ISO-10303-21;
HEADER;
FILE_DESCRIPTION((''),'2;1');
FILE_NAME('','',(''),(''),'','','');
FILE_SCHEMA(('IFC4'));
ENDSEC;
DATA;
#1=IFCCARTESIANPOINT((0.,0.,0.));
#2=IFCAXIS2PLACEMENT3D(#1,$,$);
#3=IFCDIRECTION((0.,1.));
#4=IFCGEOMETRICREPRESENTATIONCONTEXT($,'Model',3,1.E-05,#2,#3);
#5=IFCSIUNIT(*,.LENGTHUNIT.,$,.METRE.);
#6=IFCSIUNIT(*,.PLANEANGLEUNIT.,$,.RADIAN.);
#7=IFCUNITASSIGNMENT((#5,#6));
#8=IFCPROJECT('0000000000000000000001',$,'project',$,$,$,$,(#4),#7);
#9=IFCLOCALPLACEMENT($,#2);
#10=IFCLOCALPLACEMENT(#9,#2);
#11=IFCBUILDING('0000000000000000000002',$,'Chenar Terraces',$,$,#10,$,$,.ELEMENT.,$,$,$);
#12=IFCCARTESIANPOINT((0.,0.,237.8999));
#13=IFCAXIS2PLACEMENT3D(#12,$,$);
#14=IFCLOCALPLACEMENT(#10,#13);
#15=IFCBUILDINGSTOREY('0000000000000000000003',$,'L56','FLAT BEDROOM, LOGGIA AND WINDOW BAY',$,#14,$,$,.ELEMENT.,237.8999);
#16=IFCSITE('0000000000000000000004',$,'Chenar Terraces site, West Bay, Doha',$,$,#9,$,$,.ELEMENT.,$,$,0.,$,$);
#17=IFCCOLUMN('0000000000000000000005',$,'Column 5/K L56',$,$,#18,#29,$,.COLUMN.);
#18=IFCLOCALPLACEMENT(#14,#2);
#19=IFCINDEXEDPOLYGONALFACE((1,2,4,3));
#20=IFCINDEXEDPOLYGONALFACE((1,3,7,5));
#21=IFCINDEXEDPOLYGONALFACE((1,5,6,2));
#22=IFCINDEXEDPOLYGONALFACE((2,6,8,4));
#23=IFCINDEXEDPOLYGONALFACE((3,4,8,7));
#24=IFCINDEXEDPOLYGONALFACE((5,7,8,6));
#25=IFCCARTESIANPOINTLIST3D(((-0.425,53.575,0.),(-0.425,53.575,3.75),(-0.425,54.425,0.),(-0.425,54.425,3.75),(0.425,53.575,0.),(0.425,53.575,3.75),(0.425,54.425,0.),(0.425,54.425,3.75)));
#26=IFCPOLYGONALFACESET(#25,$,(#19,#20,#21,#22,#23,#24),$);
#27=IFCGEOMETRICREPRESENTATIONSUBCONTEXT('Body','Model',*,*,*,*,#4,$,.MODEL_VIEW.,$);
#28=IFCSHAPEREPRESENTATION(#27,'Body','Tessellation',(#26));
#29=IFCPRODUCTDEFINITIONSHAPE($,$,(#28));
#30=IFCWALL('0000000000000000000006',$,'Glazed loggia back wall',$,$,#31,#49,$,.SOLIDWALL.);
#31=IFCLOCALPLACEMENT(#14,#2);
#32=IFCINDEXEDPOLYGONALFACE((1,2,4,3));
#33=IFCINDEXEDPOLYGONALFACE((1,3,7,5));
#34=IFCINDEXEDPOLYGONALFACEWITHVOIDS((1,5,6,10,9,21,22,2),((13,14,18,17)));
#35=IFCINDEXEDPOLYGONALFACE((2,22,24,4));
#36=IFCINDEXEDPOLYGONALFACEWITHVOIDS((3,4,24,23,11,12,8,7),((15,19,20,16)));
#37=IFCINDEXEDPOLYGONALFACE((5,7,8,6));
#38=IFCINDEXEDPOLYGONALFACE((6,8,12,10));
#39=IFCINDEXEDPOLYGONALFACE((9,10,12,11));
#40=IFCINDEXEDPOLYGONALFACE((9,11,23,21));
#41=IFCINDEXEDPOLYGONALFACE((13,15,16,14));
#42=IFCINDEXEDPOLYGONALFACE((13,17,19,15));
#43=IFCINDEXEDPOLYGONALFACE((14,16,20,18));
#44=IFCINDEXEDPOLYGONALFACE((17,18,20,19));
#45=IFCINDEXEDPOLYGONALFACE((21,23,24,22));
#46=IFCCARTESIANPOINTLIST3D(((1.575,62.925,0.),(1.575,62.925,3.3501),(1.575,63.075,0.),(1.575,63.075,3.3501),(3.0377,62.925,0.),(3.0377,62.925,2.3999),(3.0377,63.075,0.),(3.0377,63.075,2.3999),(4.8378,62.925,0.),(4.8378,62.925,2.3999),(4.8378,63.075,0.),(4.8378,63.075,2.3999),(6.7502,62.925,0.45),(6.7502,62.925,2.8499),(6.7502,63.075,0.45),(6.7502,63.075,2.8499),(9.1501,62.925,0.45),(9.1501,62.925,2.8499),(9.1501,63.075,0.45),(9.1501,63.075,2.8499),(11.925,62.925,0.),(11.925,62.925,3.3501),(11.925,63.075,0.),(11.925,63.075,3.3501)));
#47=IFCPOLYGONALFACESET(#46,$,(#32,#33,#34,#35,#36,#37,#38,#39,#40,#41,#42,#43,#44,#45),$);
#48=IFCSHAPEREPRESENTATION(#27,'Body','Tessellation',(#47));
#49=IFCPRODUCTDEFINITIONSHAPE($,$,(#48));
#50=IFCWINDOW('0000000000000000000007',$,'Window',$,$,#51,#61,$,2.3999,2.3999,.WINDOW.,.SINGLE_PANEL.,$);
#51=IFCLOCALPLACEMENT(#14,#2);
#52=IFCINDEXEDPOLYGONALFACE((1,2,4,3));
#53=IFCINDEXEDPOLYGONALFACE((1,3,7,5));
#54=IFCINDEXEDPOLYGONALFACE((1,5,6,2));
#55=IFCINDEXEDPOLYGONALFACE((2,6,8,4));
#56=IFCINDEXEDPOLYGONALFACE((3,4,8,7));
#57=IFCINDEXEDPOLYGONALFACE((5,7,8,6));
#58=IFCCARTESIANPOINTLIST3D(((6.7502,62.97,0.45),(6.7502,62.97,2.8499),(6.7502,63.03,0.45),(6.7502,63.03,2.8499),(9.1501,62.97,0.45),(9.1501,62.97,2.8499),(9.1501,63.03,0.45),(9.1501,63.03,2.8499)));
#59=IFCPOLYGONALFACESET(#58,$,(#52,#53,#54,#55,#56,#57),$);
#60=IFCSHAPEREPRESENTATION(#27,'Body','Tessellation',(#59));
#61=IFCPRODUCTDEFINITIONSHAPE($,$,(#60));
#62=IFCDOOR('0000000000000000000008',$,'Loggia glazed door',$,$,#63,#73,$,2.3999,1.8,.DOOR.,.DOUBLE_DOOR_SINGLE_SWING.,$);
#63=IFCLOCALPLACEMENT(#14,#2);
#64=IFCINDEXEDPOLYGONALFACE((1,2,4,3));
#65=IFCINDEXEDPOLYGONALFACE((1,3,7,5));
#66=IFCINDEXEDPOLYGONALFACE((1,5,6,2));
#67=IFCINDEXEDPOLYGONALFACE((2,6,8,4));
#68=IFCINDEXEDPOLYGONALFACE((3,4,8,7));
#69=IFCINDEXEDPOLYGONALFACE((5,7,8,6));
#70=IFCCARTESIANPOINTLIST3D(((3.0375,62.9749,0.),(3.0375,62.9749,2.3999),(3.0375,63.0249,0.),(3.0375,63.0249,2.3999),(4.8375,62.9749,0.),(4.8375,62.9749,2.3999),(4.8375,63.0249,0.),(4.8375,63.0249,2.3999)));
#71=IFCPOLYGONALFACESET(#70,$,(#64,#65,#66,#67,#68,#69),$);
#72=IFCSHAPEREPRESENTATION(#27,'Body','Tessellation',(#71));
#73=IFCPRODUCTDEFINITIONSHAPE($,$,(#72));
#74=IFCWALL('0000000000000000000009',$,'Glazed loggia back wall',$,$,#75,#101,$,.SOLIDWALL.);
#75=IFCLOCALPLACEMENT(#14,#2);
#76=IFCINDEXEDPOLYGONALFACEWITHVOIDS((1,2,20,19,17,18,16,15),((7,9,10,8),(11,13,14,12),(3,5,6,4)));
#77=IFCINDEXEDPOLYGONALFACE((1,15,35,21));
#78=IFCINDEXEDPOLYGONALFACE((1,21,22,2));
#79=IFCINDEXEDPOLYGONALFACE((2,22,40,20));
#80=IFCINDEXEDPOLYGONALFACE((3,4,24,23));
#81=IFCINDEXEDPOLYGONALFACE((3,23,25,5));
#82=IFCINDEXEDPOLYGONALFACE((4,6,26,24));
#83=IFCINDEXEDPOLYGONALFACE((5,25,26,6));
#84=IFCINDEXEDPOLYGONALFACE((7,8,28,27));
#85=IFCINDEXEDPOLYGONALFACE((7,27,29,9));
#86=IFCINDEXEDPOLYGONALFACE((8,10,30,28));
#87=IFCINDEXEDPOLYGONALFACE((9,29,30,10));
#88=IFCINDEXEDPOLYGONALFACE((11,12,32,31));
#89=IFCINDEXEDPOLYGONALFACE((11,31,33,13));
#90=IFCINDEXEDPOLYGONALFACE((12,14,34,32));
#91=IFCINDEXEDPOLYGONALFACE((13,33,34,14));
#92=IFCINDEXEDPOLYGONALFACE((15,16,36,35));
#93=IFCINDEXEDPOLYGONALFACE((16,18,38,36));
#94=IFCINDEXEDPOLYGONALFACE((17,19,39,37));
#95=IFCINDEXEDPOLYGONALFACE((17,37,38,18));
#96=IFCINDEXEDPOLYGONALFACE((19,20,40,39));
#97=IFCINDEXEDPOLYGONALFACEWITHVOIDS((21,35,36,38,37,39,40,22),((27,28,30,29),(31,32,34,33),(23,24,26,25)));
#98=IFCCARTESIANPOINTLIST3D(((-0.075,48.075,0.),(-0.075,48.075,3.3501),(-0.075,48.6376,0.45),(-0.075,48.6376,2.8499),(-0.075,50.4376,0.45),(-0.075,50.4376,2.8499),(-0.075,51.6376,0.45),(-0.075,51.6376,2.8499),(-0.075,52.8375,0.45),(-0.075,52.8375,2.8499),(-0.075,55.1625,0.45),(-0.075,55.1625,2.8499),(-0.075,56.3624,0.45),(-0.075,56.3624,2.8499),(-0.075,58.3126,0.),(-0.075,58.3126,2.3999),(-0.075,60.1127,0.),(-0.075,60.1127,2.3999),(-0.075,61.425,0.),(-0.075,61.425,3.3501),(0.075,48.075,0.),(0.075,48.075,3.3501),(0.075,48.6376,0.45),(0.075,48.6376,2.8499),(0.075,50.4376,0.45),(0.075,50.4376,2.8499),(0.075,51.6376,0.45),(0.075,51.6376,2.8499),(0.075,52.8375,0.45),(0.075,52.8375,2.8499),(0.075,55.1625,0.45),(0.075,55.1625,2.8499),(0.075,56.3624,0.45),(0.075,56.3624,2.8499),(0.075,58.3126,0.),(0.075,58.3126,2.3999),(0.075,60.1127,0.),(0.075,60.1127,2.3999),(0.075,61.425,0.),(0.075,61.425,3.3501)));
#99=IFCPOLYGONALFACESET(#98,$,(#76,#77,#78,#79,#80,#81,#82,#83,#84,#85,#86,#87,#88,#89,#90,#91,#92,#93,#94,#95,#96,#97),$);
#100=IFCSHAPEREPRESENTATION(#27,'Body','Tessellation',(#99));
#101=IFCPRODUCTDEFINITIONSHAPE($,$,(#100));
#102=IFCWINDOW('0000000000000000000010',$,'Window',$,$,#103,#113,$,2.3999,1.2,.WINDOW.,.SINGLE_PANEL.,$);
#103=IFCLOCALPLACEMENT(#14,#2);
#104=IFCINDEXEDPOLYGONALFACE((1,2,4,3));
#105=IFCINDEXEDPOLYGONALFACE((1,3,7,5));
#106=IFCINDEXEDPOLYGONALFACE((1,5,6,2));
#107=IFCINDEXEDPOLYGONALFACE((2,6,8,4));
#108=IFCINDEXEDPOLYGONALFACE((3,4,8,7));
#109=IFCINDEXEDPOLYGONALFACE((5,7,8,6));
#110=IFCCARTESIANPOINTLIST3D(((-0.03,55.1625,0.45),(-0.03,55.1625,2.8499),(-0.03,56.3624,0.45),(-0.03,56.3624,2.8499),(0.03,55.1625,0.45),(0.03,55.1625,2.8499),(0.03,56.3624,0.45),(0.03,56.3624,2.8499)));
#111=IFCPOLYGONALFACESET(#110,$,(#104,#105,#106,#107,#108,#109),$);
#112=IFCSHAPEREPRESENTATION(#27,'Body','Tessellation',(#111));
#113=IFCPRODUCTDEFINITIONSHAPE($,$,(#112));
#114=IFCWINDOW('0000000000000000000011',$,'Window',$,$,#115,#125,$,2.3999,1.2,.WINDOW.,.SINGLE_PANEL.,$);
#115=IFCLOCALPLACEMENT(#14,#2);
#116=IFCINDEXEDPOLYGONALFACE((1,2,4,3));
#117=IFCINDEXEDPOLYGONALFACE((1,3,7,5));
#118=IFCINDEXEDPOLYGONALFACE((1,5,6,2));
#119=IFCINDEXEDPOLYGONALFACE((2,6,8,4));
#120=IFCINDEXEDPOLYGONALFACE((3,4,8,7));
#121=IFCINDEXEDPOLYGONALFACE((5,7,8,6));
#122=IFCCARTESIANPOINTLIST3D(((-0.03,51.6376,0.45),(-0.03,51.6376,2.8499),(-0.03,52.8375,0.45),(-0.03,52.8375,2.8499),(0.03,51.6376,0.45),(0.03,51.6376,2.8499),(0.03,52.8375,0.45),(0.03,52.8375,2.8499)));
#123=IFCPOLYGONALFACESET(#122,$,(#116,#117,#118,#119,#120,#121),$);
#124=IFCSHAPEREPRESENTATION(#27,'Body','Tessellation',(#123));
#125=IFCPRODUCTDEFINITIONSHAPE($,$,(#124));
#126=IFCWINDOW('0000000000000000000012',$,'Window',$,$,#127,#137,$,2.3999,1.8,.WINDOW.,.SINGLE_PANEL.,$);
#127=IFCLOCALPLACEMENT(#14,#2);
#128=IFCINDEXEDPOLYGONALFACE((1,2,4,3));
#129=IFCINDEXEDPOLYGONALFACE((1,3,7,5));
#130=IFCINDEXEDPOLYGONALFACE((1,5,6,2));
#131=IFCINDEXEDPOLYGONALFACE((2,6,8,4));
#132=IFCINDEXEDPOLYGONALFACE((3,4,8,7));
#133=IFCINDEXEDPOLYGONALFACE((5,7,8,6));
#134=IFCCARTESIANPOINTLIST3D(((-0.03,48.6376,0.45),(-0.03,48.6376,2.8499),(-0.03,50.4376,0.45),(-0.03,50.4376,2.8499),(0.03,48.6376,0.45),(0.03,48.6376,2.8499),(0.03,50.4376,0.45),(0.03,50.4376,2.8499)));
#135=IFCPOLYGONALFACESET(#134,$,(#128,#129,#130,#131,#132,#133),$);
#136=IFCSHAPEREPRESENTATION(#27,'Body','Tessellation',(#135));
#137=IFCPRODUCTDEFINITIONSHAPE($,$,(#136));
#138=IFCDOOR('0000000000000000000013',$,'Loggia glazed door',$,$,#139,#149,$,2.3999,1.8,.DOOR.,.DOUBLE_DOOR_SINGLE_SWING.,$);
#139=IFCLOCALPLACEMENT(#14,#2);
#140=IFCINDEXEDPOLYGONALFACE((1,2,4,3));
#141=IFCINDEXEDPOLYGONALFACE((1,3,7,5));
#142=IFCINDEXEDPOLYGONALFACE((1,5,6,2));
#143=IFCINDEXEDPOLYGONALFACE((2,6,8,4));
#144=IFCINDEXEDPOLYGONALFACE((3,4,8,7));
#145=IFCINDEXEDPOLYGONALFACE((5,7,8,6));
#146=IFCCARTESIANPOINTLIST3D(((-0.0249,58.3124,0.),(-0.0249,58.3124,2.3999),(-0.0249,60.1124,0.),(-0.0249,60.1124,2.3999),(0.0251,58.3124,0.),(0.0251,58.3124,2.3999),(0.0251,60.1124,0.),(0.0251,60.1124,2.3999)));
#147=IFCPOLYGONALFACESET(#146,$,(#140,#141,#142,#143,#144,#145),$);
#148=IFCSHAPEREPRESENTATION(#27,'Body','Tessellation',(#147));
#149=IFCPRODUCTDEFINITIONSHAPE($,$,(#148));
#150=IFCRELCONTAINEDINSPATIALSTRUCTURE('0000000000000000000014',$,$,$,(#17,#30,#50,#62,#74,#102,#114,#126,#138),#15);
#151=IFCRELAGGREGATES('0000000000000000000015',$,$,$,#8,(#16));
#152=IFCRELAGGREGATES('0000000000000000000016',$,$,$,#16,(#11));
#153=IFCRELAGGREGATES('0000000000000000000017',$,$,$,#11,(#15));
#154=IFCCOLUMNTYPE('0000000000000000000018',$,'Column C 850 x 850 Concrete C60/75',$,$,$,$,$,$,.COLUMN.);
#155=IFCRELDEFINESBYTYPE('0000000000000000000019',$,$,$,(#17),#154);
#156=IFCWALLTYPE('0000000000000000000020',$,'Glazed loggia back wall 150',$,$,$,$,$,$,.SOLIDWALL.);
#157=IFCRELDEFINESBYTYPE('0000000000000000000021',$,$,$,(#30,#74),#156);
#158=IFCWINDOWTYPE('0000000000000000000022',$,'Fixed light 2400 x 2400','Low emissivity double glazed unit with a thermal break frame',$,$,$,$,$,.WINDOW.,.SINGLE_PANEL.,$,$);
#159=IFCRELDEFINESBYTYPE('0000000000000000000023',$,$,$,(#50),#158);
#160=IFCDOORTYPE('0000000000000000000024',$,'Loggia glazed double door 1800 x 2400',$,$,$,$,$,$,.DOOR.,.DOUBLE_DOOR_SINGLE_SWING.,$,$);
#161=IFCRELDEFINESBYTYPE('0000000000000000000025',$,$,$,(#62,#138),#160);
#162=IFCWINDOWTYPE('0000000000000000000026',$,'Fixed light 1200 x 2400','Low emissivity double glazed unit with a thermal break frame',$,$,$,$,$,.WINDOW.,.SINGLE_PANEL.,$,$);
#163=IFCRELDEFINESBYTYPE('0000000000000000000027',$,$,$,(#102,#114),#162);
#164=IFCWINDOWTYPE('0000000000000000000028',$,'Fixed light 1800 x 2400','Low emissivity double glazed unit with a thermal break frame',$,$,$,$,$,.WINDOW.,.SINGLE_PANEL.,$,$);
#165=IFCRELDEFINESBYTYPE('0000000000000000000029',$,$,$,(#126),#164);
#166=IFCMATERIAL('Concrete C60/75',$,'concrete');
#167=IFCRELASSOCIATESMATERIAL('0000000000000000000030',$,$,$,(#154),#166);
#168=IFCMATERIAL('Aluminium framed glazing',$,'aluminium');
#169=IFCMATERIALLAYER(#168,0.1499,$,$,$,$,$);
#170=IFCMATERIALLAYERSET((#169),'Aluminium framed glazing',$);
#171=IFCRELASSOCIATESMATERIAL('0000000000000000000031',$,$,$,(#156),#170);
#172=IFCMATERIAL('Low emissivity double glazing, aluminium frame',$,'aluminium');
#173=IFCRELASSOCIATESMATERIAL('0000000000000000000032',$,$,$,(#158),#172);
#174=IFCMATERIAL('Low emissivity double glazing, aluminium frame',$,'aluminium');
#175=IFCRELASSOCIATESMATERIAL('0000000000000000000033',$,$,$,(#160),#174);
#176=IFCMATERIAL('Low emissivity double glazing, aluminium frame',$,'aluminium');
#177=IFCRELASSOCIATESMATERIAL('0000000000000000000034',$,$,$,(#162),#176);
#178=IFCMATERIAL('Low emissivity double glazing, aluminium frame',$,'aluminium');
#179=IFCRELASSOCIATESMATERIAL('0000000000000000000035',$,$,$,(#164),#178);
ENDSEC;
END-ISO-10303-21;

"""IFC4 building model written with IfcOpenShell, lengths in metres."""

from ifc_helpers import new_model, si_unit, direction, frame, frame_2d, origin, origin_2d, place, context, subcontext, project, spatial, rectangle, extrude, material, layer, layer_set, material_profile, profile_set, type_object, element, fill, save


model = new_model("IFC4")

# Units and contexts
model_context = context("Model", 3, precision=1e-05, world=origin(), true_north=direction((0.0, 1.0)))
body_context = subcontext(model_context, "Body", "Model", "MODEL_VIEW")
ifc_project = project(units=[si_unit("LENGTHUNIT", "METRE"), si_unit("PLANEANGLEUNIT", "RADIAN")], contexts=[model_context])

# Site, building, storey
site_placement = place(None, origin())
site = spatial("IfcSite", under=ifc_project, at=site_placement, Name="Chenar Terraces site, West Bay, Doha", CompositionType="ELEMENT", RefElevation=0.0)
building_placement = place(site_placement, origin())
building = spatial("IfcBuilding", under=site, at=building_placement, Name="Chenar Terraces", CompositionType="ELEMENT")
storey_placement = place(building_placement, frame((0.0, 0.0, 237.8999)))
storey = spatial("IfcBuildingStorey", under=building, at=storey_placement, Name="L56", Description="FLAT BEDROOM, LOGGIA AND WINDOW BAY", CompositionType="ELEMENT", Elevation=237.8999)

# Column
ifc_material_1 = material(Name="Concrete C60/75", Category="concrete")
ifc_material_profile = material_profile(ifc_material_1, rectangle(XDim=0.8501, YDim=0.8501, at=origin_2d()), Name="C 850 x 850")
ifc_profile_set = profile_set([ifc_material_profile], Name="Concrete C60/75")
column_type = type_object("IfcColumnType", Name="Column C 850 x 850 Concrete C60/75", PredefinedType="COLUMN", material=ifc_profile_set)
column_placement = place(storey_placement, frame((0.0, 54.0, 0.0), z_axis=(0.0, 0.0, 1.0), x_axis=(1.0, 0.0, 0.0)))
element("IfcColumn", 1, at=column_placement, inside=storey, type_object=column_type, Name="Column 5/K L56", PredefinedType="COLUMN", context=body_context, shape_type="SweptSolid", body=[
    extrude(rectangle(XDim=0.8501, YDim=0.8501, at=origin_2d()), origin(), (0.0, 0.0, 1.0), 3.75),
])

# Wall, openings, window, door
ifc_material_2 = material(Name="Aluminium framed glazing", Category="aluminium")
ifc_layer_1 = layer(ifc_material_2, 0.1499)
ifc_layer_set_1 = layer_set([ifc_layer_1], Name="Aluminium framed glazing")
wall_type_1 = type_object("IfcWallType", Name="Glazed loggia back wall 150", PredefinedType="SOLIDWALL", material=ifc_layer_set_1)
wall_1_placement = place(storey_placement, frame((11.925, 63.0, 0.0), z_axis=(0.0, 0.0, 1.0), x_axis=(-1.0, 0.0, 0.0)))
wall_1 = element("IfcWall", 2, at=wall_1_placement, inside=storey, type_object=wall_type_1, Name="Glazed loggia back wall", PredefinedType="SOLIDWALL", context=body_context, shape_type="SweptSolid", body=[
    extrude(rectangle(XDim=10.3501, YDim=0.1499, at=frame_2d((5.175, 0.0))), origin(), (0.0, 0.0, 1.0), 3.3501),
])
opening_1_placement = place(wall_1_placement, frame((2.7749, 0.0, 0.45)))
opening_1 = element("IfcOpeningElement", 3, at=opening_1_placement, cuts=wall_1, PredefinedType="OPENING", context=body_context, shape_type="SweptSolid", body=[
    extrude(rectangle(XDim=2.3999, YDim=2.3999, at=frame_2d((1.2, 1.2))), frame((0.0, 0.085, 0.0), z_axis=(0.0, -1.0, 0.0), x_axis=(1.0, 0.0, 0.0)), (0.0, 0.0, 1.0), 0.1699),
])
opening_2_placement = place(wall_1_placement, frame((7.0874, 0.0, 0.0)))
opening_2 = element("IfcOpeningElement", 4, at=opening_2_placement, cuts=wall_1, PredefinedType="OPENING", context=body_context, shape_type="SweptSolid", body=[
    extrude(rectangle(XDim=1.8, YDim=2.3999, at=frame_2d((0.8999, 1.2))), frame((0.0, 0.085, 0.0), z_axis=(0.0, -1.0, 0.0), x_axis=(1.0, 0.0, 0.0)), (0.0, 0.0, 1.0), 0.1699),
])
ifc_material_3 = material(Name="Low emissivity double glazing, aluminium frame", Category="aluminium")
window_type_1 = type_object("IfcWindowType", Name="Fixed light 2400 x 2400", Description="Low emissivity double glazed unit with a thermal break frame", PartitioningType="SINGLE_PANEL", PredefinedType="WINDOW", material=ifc_material_3)
window_1_placement = place(opening_1_placement, origin())
window_1 = element("IfcWindow", 5, at=window_1_placement, inside=storey, type_object=window_type_1, Name="Window", OverallHeight=2.3999, OverallWidth=2.3999, PartitioningType="SINGLE_PANEL", PredefinedType="WINDOW", context=body_context, shape_type="SweptSolid", body=[
    extrude(rectangle(XDim=2.3999, YDim=2.3999, at=frame_2d((1.2, 1.2))), frame((0.0, 0.03, 0.0), z_axis=(0.0, -1.0, 0.0), x_axis=(1.0, 0.0, 0.0)), (0.0, 0.0, 1.0), 0.0601),
])
fill(opening_1, window_1)
ifc_material_4 = material(Name="Low emissivity double glazing, aluminium frame", Category="aluminium")
door_type_1 = type_object("IfcDoorType", Name="Loggia glazed double door 1800 x 2400", OperationType="DOUBLE_DOOR_SINGLE_SWING", PredefinedType="DOOR", material=ifc_material_4)
door_1_placement = place(opening_2_placement, frame((1.8, 0.0, 0.0), z_axis=(0.0, 0.0, 1.0), x_axis=(-1.0, 0.0, 0.0)))
door_1 = element("IfcDoor", 6, at=door_1_placement, inside=storey, type_object=door_type_1, Name="Loggia glazed door", OperationType="DOUBLE_DOOR_SINGLE_SWING", OverallHeight=2.3999, OverallWidth=1.8, PredefinedType="DOOR", context=body_context, shape_type="SweptSolid", body=[
    extrude(rectangle(XDim=1.8, YDim=2.3999, at=frame_2d((0.8999, 1.2))), frame((0.0, 0.0249, 0.0), z_axis=(0.0, -1.0, 0.0), x_axis=(1.0, 0.0, 0.0)), (0.0, 0.0, 1.0), 0.05),
])
fill(opening_2, door_1)

# Wall, openings, windows, door
wall_2_placement = place(storey_placement, frame((0.0, 61.425, 0.0), z_axis=(0.0, 0.0, 1.0), x_axis=(0.0, -1.0, 0.0)))
wall_2 = element("IfcWall", 7, at=wall_2_placement, inside=storey, type_object=wall_type_1, Name="Glazed loggia back wall", PredefinedType="SOLIDWALL", context=body_context, shape_type="SweptSolid", body=[
    extrude(rectangle(XDim=13.3501, YDim=0.1499, at=frame_2d((6.675, 0.0))), origin(), (0.0, 0.0, 1.0), 3.3501),
])
opening_3_placement = place(wall_2_placement, frame((1.3125, 0.0, 0.0)))
opening_3 = element("IfcOpeningElement", 8, at=opening_3_placement, cuts=wall_2, PredefinedType="OPENING", context=body_context, shape_type="SweptSolid", body=[
    extrude(rectangle(XDim=1.8, YDim=2.3999, at=frame_2d((0.8999, 1.2))), frame((0.0, 0.085, 0.0), z_axis=(0.0, -1.0, 0.0), x_axis=(1.0, 0.0, 0.0)), (0.0, 0.0, 1.0), 0.1699),
])
opening_4_placement = place(wall_2_placement, frame((5.0625, 0.0, 0.45)))
opening_4 = element("IfcOpeningElement", 9, at=opening_4_placement, cuts=wall_2, PredefinedType="OPENING", context=body_context, shape_type="SweptSolid", body=[
    extrude(rectangle(XDim=1.2, YDim=2.3999, at=frame_2d((0.6001, 1.2))), frame((0.0, 0.085, 0.0), z_axis=(0.0, -1.0, 0.0), x_axis=(1.0, 0.0, 0.0)), (0.0, 0.0, 1.0), 0.1699),
])
opening_5_placement = place(wall_2_placement, frame((8.5874, 0.0, 0.45)))
opening_5 = element("IfcOpeningElement", 10, at=opening_5_placement, cuts=wall_2, PredefinedType="OPENING", context=body_context, shape_type="SweptSolid", body=[
    extrude(rectangle(XDim=1.2, YDim=2.3999, at=frame_2d((0.6001, 1.2))), frame((0.0, 0.085, 0.0), z_axis=(0.0, -1.0, 0.0), x_axis=(1.0, 0.0, 0.0)), (0.0, 0.0, 1.0), 0.1699),
])
opening_6_placement = place(wall_2_placement, frame((10.9875, 0.0, 0.45)))
opening_6 = element("IfcOpeningElement", 11, at=opening_6_placement, cuts=wall_2, PredefinedType="OPENING", context=body_context, shape_type="SweptSolid", body=[
    extrude(rectangle(XDim=1.8, YDim=2.3999, at=frame_2d((0.8999, 1.2))), frame((0.0, 0.085, 0.0), z_axis=(0.0, -1.0, 0.0), x_axis=(1.0, 0.0, 0.0)), (0.0, 0.0, 1.0), 0.1699),
])
ifc_material_5 = material(Name="Low emissivity double glazing, aluminium frame", Category="aluminium")
window_type_2 = type_object("IfcWindowType", Name="Fixed light 1200 x 2400", Description="Low emissivity double glazed unit with a thermal break frame", PartitioningType="SINGLE_PANEL", PredefinedType="WINDOW", material=ifc_material_5)
window_2_placement = place(opening_4_placement, origin())
window_2 = element("IfcWindow", 12, at=window_2_placement, inside=storey, type_object=window_type_2, Name="Window", OverallHeight=2.3999, OverallWidth=1.2, PartitioningType="SINGLE_PANEL", PredefinedType="WINDOW", context=body_context, shape_type="SweptSolid", body=[
    extrude(rectangle(XDim=1.2, YDim=2.3999, at=frame_2d((0.6001, 1.2))), frame((0.0, 0.03, 0.0), z_axis=(0.0, -1.0, 0.0), x_axis=(1.0, 0.0, 0.0)), (0.0, 0.0, 1.0), 0.0601),
])
fill(opening_4, window_2)
window_3_placement = place(opening_5_placement, origin())
window_3 = element("IfcWindow", 13, at=window_3_placement, inside=storey, type_object=window_type_2, Name="Window", OverallHeight=2.3999, OverallWidth=1.2, PartitioningType="SINGLE_PANEL", PredefinedType="WINDOW", context=body_context, shape_type="SweptSolid", body=[
    extrude(rectangle(XDim=1.2, YDim=2.3999, at=frame_2d((0.6001, 1.2))), frame((0.0, 0.03, 0.0), z_axis=(0.0, -1.0, 0.0), x_axis=(1.0, 0.0, 0.0)), (0.0, 0.0, 1.0), 0.0601),
])
fill(opening_5, window_3)
ifc_material_6 = material(Name="Low emissivity double glazing, aluminium frame", Category="aluminium")
window_type_3 = type_object("IfcWindowType", Name="Fixed light 1800 x 2400", Description="Low emissivity double glazed unit with a thermal break frame", PartitioningType="SINGLE_PANEL", PredefinedType="WINDOW", material=ifc_material_6)
window_4_placement = place(opening_6_placement, origin())
window_4 = element("IfcWindow", 14, at=window_4_placement, inside=storey, type_object=window_type_3, Name="Window", OverallHeight=2.3999, OverallWidth=1.8, PartitioningType="SINGLE_PANEL", PredefinedType="WINDOW", context=body_context, shape_type="SweptSolid", body=[
    extrude(rectangle(XDim=1.8, YDim=2.3999, at=frame_2d((0.8999, 1.2))), frame((0.0, 0.03, 0.0), z_axis=(0.0, -1.0, 0.0), x_axis=(1.0, 0.0, 0.0)), (0.0, 0.0, 1.0), 0.0601),
])
fill(opening_6, window_4)
door_2_placement = place(opening_3_placement, frame((1.8, 0.0, 0.0), z_axis=(0.0, 0.0, 1.0), x_axis=(-1.0, 0.0, 0.0)))
door_2 = element("IfcDoor", 15, at=door_2_placement, inside=storey, type_object=door_type_1, Name="Loggia glazed door", OperationType="DOUBLE_DOOR_SINGLE_SWING", OverallHeight=2.3999, OverallWidth=1.8, PredefinedType="DOOR", context=body_context, shape_type="SweptSolid", body=[
    extrude(rectangle(XDim=1.8, YDim=2.3999, at=frame_2d((0.8999, 1.2))), frame((0.0, 0.0249, 0.0), z_axis=(0.0, -1.0, 0.0), x_axis=(1.0, 0.0, 0.0)), (0.0, 0.0, 1.0), 0.05),
])
fill(opening_3, door_2)

save(model, "model.ifc")
